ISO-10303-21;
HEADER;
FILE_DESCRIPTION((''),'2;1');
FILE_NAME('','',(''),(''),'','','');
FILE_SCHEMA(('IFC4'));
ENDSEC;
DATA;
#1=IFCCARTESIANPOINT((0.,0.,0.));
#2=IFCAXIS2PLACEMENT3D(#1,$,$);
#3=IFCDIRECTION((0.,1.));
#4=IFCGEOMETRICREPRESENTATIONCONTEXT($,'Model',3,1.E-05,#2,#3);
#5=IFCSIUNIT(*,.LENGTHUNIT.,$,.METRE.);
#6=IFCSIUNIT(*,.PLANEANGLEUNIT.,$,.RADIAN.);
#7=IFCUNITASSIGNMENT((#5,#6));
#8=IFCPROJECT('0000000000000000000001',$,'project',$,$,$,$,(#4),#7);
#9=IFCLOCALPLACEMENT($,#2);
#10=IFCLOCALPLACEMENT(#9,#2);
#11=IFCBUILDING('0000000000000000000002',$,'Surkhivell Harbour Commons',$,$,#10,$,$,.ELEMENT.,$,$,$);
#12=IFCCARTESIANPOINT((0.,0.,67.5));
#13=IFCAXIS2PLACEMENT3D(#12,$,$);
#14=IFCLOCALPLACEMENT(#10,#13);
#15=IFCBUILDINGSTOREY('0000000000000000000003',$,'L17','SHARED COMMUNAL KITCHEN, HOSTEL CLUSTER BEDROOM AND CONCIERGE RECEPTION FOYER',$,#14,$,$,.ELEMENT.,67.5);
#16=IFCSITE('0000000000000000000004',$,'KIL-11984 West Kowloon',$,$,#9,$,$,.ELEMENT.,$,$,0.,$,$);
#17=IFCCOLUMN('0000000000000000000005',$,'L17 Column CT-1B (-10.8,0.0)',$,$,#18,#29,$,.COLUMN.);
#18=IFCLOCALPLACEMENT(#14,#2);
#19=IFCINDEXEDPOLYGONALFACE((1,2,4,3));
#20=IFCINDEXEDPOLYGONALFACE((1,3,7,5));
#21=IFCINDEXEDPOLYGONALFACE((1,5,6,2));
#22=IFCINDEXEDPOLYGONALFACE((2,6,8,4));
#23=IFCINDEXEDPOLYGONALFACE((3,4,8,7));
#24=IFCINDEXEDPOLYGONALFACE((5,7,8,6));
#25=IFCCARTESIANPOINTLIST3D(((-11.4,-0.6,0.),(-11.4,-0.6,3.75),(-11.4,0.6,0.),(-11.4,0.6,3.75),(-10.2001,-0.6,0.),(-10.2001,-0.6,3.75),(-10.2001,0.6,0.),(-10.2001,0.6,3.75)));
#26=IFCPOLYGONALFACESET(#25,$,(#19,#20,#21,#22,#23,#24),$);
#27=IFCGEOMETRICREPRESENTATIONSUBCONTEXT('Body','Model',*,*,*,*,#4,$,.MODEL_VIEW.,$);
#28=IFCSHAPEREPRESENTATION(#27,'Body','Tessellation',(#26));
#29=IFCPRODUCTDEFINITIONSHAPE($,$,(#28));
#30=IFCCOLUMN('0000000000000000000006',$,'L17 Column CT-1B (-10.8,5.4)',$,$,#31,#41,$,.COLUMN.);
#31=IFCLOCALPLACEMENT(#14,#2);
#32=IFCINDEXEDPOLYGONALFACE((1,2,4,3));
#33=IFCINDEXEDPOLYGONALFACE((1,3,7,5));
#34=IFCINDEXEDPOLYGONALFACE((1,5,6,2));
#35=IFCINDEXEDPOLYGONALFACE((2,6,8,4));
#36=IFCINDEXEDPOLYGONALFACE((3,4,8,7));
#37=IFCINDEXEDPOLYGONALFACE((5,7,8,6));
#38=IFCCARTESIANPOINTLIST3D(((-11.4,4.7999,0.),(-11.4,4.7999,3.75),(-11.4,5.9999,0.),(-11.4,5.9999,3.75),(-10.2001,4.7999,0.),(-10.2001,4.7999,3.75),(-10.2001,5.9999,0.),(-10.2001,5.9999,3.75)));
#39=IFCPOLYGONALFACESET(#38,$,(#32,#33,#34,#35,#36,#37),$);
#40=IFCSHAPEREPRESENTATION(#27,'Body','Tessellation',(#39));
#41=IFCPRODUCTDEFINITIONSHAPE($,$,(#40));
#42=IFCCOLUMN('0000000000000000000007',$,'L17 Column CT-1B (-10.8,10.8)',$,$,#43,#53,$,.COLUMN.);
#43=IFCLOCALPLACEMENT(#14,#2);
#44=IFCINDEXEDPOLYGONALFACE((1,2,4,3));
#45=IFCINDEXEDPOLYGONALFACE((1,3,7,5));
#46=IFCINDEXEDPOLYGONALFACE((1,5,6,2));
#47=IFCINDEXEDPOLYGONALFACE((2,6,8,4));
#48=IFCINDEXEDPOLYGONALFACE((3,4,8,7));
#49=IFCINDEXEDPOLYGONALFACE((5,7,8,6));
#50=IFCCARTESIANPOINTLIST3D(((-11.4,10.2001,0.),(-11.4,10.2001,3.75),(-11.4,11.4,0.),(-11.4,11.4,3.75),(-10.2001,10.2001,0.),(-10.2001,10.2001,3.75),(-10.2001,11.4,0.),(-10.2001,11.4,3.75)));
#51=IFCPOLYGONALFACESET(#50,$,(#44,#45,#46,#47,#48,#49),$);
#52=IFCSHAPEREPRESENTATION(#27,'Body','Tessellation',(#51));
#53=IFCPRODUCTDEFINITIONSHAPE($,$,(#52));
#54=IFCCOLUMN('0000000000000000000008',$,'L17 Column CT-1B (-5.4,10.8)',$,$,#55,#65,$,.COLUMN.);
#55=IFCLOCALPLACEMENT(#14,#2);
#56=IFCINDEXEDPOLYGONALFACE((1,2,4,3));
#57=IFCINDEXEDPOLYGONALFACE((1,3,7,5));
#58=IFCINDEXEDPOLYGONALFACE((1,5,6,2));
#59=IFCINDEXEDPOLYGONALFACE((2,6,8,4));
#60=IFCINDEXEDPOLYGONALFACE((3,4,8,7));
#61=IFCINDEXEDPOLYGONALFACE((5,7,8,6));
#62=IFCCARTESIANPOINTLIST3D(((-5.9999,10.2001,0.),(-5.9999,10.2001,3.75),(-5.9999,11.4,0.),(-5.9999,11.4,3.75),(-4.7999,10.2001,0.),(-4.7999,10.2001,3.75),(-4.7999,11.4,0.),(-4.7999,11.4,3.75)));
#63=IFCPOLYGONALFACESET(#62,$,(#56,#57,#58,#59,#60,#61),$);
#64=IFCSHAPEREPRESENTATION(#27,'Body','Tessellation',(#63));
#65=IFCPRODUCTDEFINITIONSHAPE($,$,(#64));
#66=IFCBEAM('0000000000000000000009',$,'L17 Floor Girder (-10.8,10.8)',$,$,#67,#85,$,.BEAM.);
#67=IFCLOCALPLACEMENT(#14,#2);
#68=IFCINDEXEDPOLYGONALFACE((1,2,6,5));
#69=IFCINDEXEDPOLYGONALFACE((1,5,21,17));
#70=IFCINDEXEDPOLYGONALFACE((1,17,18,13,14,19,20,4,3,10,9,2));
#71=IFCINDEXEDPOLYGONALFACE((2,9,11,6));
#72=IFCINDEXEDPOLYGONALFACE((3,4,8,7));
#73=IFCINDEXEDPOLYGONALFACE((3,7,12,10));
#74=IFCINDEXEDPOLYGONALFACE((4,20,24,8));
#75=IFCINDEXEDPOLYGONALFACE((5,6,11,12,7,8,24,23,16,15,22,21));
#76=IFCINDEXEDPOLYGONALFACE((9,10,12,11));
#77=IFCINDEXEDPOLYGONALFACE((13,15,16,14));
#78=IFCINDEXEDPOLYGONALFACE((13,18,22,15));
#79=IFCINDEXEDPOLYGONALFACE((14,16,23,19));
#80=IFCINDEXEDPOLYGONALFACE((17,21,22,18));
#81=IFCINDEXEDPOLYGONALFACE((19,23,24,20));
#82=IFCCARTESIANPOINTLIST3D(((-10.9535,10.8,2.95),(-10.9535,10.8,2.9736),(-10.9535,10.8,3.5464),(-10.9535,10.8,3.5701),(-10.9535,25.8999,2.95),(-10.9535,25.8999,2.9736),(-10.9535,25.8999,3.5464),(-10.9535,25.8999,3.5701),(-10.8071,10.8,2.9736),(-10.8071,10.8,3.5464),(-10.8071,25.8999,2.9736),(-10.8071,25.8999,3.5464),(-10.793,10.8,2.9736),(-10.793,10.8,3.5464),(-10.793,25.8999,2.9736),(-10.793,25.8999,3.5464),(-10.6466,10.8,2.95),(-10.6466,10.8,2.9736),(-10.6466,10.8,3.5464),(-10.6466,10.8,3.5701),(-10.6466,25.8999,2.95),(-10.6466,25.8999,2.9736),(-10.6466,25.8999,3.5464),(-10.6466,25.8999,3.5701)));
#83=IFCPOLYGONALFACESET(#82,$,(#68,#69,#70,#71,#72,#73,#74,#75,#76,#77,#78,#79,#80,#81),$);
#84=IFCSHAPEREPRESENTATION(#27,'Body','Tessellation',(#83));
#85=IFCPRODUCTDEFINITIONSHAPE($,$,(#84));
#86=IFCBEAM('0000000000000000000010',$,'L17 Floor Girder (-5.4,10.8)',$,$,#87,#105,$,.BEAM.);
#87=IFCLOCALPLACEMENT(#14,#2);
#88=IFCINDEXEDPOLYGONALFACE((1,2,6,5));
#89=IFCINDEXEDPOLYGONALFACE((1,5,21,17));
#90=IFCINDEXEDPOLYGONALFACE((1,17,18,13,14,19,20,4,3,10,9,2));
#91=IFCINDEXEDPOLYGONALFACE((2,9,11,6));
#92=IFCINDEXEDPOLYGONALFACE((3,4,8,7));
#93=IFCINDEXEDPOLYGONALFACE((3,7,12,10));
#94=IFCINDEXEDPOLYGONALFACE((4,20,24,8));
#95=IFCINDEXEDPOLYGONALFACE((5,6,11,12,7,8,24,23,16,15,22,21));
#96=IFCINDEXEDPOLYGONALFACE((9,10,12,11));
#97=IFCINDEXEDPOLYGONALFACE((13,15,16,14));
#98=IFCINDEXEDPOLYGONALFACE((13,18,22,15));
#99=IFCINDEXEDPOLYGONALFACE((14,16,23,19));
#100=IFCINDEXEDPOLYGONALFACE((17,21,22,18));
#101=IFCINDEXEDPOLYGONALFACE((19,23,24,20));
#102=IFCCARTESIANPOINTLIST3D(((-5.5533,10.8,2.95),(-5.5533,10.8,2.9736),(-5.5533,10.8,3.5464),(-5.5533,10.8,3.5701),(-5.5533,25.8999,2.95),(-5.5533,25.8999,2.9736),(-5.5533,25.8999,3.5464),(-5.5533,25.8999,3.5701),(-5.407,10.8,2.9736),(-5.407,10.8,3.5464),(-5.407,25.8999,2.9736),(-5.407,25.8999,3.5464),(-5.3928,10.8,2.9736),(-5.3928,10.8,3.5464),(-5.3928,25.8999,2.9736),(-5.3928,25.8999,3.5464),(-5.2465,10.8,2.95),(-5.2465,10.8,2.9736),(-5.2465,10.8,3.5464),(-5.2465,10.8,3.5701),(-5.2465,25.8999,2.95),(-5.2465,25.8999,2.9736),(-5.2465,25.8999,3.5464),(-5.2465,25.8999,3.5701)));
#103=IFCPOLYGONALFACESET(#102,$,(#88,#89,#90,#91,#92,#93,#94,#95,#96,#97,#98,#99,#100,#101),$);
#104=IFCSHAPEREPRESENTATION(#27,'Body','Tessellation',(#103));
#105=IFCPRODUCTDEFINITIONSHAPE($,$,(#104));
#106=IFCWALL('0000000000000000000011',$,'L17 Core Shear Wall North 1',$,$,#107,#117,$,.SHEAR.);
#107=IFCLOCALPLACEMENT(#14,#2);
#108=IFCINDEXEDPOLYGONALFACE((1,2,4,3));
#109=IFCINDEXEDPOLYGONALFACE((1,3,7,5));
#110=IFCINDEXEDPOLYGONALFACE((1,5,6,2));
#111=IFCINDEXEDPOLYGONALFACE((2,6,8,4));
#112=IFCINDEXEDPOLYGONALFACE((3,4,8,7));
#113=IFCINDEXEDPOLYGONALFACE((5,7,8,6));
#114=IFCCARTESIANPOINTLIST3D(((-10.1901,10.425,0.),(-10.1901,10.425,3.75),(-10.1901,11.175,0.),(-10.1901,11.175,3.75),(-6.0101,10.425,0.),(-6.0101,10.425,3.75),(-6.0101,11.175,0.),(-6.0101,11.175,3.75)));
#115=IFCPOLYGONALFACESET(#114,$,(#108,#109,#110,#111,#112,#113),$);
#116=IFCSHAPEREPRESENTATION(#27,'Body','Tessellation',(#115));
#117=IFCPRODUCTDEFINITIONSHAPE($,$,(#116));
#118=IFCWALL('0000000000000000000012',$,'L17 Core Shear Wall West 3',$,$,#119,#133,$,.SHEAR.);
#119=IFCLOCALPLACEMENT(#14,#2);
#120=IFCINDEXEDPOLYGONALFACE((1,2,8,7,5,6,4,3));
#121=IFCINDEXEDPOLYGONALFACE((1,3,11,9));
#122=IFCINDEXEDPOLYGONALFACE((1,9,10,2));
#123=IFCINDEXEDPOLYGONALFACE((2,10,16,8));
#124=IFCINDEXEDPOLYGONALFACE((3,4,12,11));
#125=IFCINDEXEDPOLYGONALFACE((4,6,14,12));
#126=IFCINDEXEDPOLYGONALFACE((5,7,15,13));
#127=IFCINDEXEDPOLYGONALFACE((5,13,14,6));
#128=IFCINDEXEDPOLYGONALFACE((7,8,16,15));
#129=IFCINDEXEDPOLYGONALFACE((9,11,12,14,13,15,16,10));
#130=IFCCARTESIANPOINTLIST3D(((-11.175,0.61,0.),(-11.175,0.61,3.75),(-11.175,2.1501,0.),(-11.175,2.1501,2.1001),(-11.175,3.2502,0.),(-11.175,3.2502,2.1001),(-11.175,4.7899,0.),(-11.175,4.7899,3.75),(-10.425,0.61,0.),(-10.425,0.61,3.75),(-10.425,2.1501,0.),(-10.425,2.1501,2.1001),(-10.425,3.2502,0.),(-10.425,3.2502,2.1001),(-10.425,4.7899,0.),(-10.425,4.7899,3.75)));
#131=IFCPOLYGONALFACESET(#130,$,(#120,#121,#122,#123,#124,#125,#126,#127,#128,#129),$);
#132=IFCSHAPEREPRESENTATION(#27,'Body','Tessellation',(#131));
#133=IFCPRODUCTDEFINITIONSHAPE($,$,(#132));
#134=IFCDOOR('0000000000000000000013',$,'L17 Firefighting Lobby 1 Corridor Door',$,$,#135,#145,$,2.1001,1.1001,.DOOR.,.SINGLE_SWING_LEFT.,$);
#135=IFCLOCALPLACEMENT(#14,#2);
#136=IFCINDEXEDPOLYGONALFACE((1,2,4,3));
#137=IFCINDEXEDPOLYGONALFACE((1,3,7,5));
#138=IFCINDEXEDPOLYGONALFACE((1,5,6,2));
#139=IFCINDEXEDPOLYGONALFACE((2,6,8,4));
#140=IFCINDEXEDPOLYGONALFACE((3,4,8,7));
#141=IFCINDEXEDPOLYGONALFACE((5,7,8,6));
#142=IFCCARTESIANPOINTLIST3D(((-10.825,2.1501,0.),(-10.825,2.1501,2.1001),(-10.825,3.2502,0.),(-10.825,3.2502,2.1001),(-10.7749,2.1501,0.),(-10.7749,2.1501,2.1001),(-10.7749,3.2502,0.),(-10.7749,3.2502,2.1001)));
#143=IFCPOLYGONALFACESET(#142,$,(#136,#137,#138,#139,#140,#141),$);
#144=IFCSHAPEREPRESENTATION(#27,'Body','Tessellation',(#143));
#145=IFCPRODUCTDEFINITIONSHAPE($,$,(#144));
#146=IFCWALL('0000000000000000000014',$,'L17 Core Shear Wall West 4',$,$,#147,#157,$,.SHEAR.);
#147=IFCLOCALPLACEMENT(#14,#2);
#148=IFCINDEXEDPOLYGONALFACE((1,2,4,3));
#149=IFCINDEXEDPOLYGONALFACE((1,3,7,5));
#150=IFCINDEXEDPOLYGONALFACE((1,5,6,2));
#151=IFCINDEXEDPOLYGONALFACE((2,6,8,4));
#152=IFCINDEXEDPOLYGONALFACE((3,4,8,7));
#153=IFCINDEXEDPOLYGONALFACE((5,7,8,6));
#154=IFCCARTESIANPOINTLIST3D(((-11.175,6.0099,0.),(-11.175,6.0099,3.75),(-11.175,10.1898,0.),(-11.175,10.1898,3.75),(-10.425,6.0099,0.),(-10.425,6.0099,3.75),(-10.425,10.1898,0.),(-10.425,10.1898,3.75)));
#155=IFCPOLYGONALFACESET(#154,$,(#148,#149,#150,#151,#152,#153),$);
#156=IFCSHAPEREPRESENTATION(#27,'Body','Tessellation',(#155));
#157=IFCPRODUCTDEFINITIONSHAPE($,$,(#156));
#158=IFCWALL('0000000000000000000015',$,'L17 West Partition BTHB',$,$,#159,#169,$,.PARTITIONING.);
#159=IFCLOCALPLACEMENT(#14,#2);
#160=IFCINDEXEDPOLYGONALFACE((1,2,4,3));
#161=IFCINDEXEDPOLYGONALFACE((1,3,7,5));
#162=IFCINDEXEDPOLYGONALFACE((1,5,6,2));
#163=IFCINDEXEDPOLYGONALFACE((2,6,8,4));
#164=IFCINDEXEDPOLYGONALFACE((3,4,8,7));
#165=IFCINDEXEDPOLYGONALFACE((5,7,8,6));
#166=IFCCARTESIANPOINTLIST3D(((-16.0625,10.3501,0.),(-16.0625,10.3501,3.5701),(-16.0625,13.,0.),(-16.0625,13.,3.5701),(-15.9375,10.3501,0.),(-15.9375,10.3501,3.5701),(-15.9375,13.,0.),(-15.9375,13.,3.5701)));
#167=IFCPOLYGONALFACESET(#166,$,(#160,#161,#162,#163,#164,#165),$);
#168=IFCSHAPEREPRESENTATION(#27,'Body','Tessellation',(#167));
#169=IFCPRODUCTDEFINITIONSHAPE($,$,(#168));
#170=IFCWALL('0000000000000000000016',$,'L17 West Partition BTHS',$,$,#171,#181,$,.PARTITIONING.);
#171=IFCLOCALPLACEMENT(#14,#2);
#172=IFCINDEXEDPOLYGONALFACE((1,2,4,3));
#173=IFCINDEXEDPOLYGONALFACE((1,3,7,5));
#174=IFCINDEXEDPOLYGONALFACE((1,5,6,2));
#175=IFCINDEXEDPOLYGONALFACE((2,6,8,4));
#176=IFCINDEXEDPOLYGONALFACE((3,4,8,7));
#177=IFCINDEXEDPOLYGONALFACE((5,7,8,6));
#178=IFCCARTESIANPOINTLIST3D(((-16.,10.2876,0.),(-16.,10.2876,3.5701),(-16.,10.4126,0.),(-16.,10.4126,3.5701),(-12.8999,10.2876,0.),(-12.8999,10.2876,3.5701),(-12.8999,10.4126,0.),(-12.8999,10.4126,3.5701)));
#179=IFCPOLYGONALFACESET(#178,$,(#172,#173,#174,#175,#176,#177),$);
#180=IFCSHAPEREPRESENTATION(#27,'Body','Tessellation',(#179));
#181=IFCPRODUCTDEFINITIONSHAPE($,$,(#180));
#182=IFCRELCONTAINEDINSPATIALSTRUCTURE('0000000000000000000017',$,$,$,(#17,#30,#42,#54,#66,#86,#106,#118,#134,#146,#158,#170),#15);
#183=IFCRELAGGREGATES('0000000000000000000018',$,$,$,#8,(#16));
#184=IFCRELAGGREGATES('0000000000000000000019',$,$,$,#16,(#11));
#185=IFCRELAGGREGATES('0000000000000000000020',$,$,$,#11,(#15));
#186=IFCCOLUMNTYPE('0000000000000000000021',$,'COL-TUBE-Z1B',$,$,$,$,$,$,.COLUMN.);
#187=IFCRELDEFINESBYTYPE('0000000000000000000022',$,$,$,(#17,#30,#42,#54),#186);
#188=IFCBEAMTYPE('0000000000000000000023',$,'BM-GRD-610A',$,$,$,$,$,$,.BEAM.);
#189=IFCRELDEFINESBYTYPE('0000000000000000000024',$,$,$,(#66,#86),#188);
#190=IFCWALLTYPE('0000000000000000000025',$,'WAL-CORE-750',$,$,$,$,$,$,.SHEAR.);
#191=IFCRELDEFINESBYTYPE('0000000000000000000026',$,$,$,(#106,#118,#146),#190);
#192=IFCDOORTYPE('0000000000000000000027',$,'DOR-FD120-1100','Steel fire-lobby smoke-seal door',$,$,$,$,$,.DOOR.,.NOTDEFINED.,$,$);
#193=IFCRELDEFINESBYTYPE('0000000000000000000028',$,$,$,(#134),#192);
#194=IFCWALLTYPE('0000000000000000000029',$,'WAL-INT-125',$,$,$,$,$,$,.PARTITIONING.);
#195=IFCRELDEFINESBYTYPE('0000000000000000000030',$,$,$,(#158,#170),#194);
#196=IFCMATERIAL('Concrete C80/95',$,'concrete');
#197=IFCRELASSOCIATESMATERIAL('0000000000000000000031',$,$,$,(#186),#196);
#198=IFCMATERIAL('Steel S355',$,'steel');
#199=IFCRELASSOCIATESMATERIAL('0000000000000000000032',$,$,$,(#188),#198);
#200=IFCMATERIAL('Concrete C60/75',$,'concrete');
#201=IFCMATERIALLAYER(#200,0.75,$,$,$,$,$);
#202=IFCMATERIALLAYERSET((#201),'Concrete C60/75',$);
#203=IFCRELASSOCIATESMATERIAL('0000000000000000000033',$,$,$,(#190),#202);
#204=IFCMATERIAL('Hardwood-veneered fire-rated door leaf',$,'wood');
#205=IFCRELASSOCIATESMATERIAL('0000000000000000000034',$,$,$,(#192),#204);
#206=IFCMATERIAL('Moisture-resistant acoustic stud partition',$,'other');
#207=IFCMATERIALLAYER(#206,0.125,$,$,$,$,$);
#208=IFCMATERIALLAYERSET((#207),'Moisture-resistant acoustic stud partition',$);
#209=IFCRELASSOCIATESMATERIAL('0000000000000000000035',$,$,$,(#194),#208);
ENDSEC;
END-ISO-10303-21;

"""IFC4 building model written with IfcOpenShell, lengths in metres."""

from ifc_helpers import new_model, si_unit, direction, frame, frame_2d, origin, origin_2d, place, context, subcontext, project, spatial, rectangle, i_section, extrude, material, layer, layer_set, material_profile, profile_set, type_object, element, fill, save


model = new_model("IFC4")

# Units and contexts
model_context = context("Model", 3, precision=1e-05, world=origin(), true_north=direction((0.0, 1.0)))
body_context = subcontext(model_context, "Body", "Model", "MODEL_VIEW")
ifc_project = project(units=[si_unit("LENGTHUNIT", "METRE"), si_unit("PLANEANGLEUNIT", "RADIAN")], contexts=[model_context])

# Site, building, storey
site_placement = place(None, origin())
site = spatial("IfcSite", under=ifc_project, at=site_placement, Name="KIL-11984 West Kowloon", CompositionType="ELEMENT", RefElevation=0.0)
building_placement = place(site_placement, origin())
building = spatial("IfcBuilding", under=site, at=building_placement, Name="Surkhivell Harbour Commons", CompositionType="ELEMENT")
storey_placement = place(building_placement, frame((0.0, 0.0, 67.5)))
storey = spatial("IfcBuildingStorey", under=building, at=storey_placement, Name="L17", Description="SHARED COMMUNAL KITCHEN, HOSTEL CLUSTER BEDROOM AND CONCIERGE RECEPTION FOYER", CompositionType="ELEMENT", Elevation=67.5)

# Columns
ifc_material_1 = material(Name="Concrete C80/95", Category="concrete")
ifc_material_profile_1 = material_profile(ifc_material_1, rectangle(XDim=1.2, YDim=1.2, at=origin_2d()), Name="RC-COL-1200x1200")
ifc_profile_set_1 = profile_set([ifc_material_profile_1], Name="Concrete C80/95")
column_type = type_object("IfcColumnType", Name="COL-TUBE-Z1B", PredefinedType="COLUMN", material=ifc_profile_set_1)
for number, where, z_axis, x_axis, name in (
    (1, (-10.8, 0.0, 0.0), (0.0, 0.0, 1.0), (1.0, 0.0, 0.0), "L17 Column CT-1B (-10.8,0.0)"),
    (2, (-10.8, 5.3999, 0.0), (0.0, 0.0, 1.0), (1.0, 0.0, 0.0), "L17 Column CT-1B (-10.8,5.4)"),
    (3, (-10.8, 10.8, 0.0), (0.0, 0.0, 1.0), (1.0, 0.0, 0.0), "L17 Column CT-1B (-10.8,10.8)"),
    (4, (-5.3999, 10.8, 0.0), (0.0, 0.0, 1.0), (1.0, 0.0, 0.0), "L17 Column CT-1B (-5.4,10.8)"),
):
    element("IfcColumn", number, at=place(storey_placement, frame(where, z_axis=z_axis, x_axis=x_axis)), inside=storey, type_object=column_type, Name=name, PredefinedType="COLUMN", context=body_context, shape_type="SweptSolid", body=[
        extrude(rectangle(XDim=1.2, YDim=1.2, at=origin_2d()), origin(), (0.0, 0.0, 1.0), 3.75),
    ])

# Beams
ifc_material_2 = material(Name="Steel S355", Category="steel")
ifc_material_profile_2 = material_profile(ifc_material_2, i_section(OverallWidth=0.3069, OverallDepth=0.6201, WebThickness=0.0142, FlangeThickness=0.0237, at=origin_2d()), Name="UB610x305x179")
ifc_profile_set_2 = profile_set([ifc_material_profile_2], Name="Steel S355")
beam_type = type_object("IfcBeamType", Name="BM-GRD-610A", PredefinedType="BEAM", material=ifc_profile_set_2)
for number, where, z_axis, x_axis, name in (
    (5, (-10.8, 10.8, 3.26), (0.0, 1.0, 0.0), (-1.0, 0.0, 0.0), "L17 Floor Girder (-10.8,10.8)"),
    (6, (-5.3999, 10.8, 3.26), (0.0, 1.0, 0.0), (-1.0, 0.0, 0.0), "L17 Floor Girder (-5.4,10.8)"),
):
    element("IfcBeam", number, at=place(storey_placement, frame(where, z_axis=z_axis, x_axis=x_axis)), inside=storey, type_object=beam_type, Name=name, PredefinedType="BEAM", context=body_context, shape_type="SweptSolid", body=[
        extrude(i_section(OverallWidth=0.3069, OverallDepth=0.6201, WebThickness=0.0142, FlangeThickness=0.0237, at=origin_2d()), origin(), (0.0, 0.0, 1.0), 15.0999),
    ])

# Wall
ifc_material_3 = material(Name="Concrete C60/75", Category="concrete")
ifc_layer_1 = layer(ifc_material_3, 0.75)
ifc_layer_set_1 = layer_set([ifc_layer_1], Name="Concrete C60/75")
wall_type_1 = type_object("IfcWallType", Name="WAL-CORE-750", PredefinedType="SHEAR", material=ifc_layer_set_1)
wall_1_placement = place(storey_placement, frame((-10.1899, 10.8, 0.0), z_axis=(0.0, 0.0, 1.0), x_axis=(1.0, 0.0, 0.0)))
element("IfcWall", 7, at=wall_1_placement, inside=storey, type_object=wall_type_1, Name="L17 Core Shear Wall North 1", PredefinedType="SHEAR", context=body_context, shape_type="SweptSolid", body=[
    extrude(rectangle(XDim=4.1799, YDim=0.75, at=frame_2d((2.0898, 0.0))), origin(), (0.0, 0.0, 1.0), 3.75),
])

# Wall, opening, door
wall_2_placement = place(storey_placement, frame((-10.8, 0.6101, 0.0), z_axis=(0.0, 0.0, 1.0), x_axis=(0.0, 1.0, 0.0)))
wall_2 = element("IfcWall", 8, at=wall_2_placement, inside=storey, type_object=wall_type_1, Name="L17 Core Shear Wall West 3", PredefinedType="SHEAR", context=body_context, shape_type="SweptSolid", body=[
    extrude(rectangle(XDim=4.1799, YDim=0.75, at=frame_2d((2.0898, 0.0))), origin(), (0.0, 0.0, 1.0), 3.75),
])
opening_1_placement = place(wall_2_placement, frame((1.54, 0.0, 0.0)))
opening_1 = element("IfcOpeningElement", 9, at=opening_1_placement, cuts=wall_2, PredefinedType="OPENING", context=body_context, shape_type="SweptSolid", body=[
    extrude(rectangle(XDim=1.1001, YDim=2.1001, at=frame_2d((0.55, 1.05))), frame((0.0, 0.385, 0.0), z_axis=(0.0, -1.0, 0.0), x_axis=(1.0, 0.0, 0.0)), (0.0, 0.0, 1.0), 0.77),
])
ifc_material_4 = material(Name="Hardwood-veneered fire-rated door leaf", Category="wood")
door_type_1 = type_object("IfcDoorType", Name="DOR-FD120-1100", Description="Steel fire-lobby smoke-seal door", OperationType="NOTDEFINED", PredefinedType="DOOR", material=ifc_material_4)
door_1_placement = place(opening_1_placement, origin())
door_1 = element("IfcDoor", 10, at=door_1_placement, inside=storey, type_object=door_type_1, Name="L17 Firefighting Lobby 1 Corridor Door", OperationType="SINGLE_SWING_LEFT", OverallHeight=2.1001, OverallWidth=1.1001, PredefinedType="DOOR", context=body_context, shape_type="SweptSolid", body=[
    extrude(rectangle(XDim=1.1001, YDim=2.1001, at=frame_2d((0.55, 1.05))), frame((0.0, 0.0249, 0.0), z_axis=(0.0, -1.0, 0.0), x_axis=(1.0, 0.0, 0.0)), (0.0, 0.0, 1.0), 0.05),
])
fill(opening_1, door_1)

# Walls
wall_3_placement = place(storey_placement, frame((-10.8, 6.01, 0.0), z_axis=(0.0, 0.0, 1.0), x_axis=(0.0, 1.0, 0.0)))
element("IfcWall", 11, at=wall_3_placement, inside=storey, type_object=wall_type_1, Name="L17 Core Shear Wall West 4", PredefinedType="SHEAR", context=body_context, shape_type="SweptSolid", body=[
    extrude(rectangle(XDim=4.1799, YDim=0.75, at=frame_2d((2.0898, 0.0))), origin(), (0.0, 0.0, 1.0), 3.75),
])
ifc_material_5 = material(Name="Moisture-resistant acoustic stud partition", Category="other")
ifc_layer_2 = layer(ifc_material_5, 0.125)
ifc_layer_set_2 = layer_set([ifc_layer_2], Name="Moisture-resistant acoustic stud partition")
wall_type_2 = type_object("IfcWallType", Name="WAL-INT-125", PredefinedType="PARTITIONING", material=ifc_layer_set_2)
wall_4_placement = place(storey_placement, frame((-16.0, 10.3501, 0.0), z_axis=(0.0, 0.0, 1.0), x_axis=(0.0, 1.0, 0.0)))
element("IfcWall", 12, at=wall_4_placement, inside=storey, type_object=wall_type_2, Name="L17 West Partition BTHB", PredefinedType="PARTITIONING", context=body_context, shape_type="SweptSolid", body=[
    extrude(rectangle(XDim=2.6499, YDim=0.125, at=frame_2d((1.325, 0.0))), origin(), (0.0, 0.0, 1.0), 3.5701),
])
wall_5_placement = place(storey_placement, frame((-16.0, 10.3501, 0.0), z_axis=(0.0, 0.0, 1.0), x_axis=(1.0, 0.0, 0.0)))
element("IfcWall", 13, at=wall_5_placement, inside=storey, type_object=wall_type_2, Name="L17 West Partition BTHS", PredefinedType="PARTITIONING", context=body_context, shape_type="SweptSolid", body=[
    extrude(rectangle(XDim=3.1001, YDim=0.125, at=frame_2d((1.55, 0.0))), origin(), (0.0, 0.0, 1.0), 3.5701),
])

save(model, "model.ifc")
